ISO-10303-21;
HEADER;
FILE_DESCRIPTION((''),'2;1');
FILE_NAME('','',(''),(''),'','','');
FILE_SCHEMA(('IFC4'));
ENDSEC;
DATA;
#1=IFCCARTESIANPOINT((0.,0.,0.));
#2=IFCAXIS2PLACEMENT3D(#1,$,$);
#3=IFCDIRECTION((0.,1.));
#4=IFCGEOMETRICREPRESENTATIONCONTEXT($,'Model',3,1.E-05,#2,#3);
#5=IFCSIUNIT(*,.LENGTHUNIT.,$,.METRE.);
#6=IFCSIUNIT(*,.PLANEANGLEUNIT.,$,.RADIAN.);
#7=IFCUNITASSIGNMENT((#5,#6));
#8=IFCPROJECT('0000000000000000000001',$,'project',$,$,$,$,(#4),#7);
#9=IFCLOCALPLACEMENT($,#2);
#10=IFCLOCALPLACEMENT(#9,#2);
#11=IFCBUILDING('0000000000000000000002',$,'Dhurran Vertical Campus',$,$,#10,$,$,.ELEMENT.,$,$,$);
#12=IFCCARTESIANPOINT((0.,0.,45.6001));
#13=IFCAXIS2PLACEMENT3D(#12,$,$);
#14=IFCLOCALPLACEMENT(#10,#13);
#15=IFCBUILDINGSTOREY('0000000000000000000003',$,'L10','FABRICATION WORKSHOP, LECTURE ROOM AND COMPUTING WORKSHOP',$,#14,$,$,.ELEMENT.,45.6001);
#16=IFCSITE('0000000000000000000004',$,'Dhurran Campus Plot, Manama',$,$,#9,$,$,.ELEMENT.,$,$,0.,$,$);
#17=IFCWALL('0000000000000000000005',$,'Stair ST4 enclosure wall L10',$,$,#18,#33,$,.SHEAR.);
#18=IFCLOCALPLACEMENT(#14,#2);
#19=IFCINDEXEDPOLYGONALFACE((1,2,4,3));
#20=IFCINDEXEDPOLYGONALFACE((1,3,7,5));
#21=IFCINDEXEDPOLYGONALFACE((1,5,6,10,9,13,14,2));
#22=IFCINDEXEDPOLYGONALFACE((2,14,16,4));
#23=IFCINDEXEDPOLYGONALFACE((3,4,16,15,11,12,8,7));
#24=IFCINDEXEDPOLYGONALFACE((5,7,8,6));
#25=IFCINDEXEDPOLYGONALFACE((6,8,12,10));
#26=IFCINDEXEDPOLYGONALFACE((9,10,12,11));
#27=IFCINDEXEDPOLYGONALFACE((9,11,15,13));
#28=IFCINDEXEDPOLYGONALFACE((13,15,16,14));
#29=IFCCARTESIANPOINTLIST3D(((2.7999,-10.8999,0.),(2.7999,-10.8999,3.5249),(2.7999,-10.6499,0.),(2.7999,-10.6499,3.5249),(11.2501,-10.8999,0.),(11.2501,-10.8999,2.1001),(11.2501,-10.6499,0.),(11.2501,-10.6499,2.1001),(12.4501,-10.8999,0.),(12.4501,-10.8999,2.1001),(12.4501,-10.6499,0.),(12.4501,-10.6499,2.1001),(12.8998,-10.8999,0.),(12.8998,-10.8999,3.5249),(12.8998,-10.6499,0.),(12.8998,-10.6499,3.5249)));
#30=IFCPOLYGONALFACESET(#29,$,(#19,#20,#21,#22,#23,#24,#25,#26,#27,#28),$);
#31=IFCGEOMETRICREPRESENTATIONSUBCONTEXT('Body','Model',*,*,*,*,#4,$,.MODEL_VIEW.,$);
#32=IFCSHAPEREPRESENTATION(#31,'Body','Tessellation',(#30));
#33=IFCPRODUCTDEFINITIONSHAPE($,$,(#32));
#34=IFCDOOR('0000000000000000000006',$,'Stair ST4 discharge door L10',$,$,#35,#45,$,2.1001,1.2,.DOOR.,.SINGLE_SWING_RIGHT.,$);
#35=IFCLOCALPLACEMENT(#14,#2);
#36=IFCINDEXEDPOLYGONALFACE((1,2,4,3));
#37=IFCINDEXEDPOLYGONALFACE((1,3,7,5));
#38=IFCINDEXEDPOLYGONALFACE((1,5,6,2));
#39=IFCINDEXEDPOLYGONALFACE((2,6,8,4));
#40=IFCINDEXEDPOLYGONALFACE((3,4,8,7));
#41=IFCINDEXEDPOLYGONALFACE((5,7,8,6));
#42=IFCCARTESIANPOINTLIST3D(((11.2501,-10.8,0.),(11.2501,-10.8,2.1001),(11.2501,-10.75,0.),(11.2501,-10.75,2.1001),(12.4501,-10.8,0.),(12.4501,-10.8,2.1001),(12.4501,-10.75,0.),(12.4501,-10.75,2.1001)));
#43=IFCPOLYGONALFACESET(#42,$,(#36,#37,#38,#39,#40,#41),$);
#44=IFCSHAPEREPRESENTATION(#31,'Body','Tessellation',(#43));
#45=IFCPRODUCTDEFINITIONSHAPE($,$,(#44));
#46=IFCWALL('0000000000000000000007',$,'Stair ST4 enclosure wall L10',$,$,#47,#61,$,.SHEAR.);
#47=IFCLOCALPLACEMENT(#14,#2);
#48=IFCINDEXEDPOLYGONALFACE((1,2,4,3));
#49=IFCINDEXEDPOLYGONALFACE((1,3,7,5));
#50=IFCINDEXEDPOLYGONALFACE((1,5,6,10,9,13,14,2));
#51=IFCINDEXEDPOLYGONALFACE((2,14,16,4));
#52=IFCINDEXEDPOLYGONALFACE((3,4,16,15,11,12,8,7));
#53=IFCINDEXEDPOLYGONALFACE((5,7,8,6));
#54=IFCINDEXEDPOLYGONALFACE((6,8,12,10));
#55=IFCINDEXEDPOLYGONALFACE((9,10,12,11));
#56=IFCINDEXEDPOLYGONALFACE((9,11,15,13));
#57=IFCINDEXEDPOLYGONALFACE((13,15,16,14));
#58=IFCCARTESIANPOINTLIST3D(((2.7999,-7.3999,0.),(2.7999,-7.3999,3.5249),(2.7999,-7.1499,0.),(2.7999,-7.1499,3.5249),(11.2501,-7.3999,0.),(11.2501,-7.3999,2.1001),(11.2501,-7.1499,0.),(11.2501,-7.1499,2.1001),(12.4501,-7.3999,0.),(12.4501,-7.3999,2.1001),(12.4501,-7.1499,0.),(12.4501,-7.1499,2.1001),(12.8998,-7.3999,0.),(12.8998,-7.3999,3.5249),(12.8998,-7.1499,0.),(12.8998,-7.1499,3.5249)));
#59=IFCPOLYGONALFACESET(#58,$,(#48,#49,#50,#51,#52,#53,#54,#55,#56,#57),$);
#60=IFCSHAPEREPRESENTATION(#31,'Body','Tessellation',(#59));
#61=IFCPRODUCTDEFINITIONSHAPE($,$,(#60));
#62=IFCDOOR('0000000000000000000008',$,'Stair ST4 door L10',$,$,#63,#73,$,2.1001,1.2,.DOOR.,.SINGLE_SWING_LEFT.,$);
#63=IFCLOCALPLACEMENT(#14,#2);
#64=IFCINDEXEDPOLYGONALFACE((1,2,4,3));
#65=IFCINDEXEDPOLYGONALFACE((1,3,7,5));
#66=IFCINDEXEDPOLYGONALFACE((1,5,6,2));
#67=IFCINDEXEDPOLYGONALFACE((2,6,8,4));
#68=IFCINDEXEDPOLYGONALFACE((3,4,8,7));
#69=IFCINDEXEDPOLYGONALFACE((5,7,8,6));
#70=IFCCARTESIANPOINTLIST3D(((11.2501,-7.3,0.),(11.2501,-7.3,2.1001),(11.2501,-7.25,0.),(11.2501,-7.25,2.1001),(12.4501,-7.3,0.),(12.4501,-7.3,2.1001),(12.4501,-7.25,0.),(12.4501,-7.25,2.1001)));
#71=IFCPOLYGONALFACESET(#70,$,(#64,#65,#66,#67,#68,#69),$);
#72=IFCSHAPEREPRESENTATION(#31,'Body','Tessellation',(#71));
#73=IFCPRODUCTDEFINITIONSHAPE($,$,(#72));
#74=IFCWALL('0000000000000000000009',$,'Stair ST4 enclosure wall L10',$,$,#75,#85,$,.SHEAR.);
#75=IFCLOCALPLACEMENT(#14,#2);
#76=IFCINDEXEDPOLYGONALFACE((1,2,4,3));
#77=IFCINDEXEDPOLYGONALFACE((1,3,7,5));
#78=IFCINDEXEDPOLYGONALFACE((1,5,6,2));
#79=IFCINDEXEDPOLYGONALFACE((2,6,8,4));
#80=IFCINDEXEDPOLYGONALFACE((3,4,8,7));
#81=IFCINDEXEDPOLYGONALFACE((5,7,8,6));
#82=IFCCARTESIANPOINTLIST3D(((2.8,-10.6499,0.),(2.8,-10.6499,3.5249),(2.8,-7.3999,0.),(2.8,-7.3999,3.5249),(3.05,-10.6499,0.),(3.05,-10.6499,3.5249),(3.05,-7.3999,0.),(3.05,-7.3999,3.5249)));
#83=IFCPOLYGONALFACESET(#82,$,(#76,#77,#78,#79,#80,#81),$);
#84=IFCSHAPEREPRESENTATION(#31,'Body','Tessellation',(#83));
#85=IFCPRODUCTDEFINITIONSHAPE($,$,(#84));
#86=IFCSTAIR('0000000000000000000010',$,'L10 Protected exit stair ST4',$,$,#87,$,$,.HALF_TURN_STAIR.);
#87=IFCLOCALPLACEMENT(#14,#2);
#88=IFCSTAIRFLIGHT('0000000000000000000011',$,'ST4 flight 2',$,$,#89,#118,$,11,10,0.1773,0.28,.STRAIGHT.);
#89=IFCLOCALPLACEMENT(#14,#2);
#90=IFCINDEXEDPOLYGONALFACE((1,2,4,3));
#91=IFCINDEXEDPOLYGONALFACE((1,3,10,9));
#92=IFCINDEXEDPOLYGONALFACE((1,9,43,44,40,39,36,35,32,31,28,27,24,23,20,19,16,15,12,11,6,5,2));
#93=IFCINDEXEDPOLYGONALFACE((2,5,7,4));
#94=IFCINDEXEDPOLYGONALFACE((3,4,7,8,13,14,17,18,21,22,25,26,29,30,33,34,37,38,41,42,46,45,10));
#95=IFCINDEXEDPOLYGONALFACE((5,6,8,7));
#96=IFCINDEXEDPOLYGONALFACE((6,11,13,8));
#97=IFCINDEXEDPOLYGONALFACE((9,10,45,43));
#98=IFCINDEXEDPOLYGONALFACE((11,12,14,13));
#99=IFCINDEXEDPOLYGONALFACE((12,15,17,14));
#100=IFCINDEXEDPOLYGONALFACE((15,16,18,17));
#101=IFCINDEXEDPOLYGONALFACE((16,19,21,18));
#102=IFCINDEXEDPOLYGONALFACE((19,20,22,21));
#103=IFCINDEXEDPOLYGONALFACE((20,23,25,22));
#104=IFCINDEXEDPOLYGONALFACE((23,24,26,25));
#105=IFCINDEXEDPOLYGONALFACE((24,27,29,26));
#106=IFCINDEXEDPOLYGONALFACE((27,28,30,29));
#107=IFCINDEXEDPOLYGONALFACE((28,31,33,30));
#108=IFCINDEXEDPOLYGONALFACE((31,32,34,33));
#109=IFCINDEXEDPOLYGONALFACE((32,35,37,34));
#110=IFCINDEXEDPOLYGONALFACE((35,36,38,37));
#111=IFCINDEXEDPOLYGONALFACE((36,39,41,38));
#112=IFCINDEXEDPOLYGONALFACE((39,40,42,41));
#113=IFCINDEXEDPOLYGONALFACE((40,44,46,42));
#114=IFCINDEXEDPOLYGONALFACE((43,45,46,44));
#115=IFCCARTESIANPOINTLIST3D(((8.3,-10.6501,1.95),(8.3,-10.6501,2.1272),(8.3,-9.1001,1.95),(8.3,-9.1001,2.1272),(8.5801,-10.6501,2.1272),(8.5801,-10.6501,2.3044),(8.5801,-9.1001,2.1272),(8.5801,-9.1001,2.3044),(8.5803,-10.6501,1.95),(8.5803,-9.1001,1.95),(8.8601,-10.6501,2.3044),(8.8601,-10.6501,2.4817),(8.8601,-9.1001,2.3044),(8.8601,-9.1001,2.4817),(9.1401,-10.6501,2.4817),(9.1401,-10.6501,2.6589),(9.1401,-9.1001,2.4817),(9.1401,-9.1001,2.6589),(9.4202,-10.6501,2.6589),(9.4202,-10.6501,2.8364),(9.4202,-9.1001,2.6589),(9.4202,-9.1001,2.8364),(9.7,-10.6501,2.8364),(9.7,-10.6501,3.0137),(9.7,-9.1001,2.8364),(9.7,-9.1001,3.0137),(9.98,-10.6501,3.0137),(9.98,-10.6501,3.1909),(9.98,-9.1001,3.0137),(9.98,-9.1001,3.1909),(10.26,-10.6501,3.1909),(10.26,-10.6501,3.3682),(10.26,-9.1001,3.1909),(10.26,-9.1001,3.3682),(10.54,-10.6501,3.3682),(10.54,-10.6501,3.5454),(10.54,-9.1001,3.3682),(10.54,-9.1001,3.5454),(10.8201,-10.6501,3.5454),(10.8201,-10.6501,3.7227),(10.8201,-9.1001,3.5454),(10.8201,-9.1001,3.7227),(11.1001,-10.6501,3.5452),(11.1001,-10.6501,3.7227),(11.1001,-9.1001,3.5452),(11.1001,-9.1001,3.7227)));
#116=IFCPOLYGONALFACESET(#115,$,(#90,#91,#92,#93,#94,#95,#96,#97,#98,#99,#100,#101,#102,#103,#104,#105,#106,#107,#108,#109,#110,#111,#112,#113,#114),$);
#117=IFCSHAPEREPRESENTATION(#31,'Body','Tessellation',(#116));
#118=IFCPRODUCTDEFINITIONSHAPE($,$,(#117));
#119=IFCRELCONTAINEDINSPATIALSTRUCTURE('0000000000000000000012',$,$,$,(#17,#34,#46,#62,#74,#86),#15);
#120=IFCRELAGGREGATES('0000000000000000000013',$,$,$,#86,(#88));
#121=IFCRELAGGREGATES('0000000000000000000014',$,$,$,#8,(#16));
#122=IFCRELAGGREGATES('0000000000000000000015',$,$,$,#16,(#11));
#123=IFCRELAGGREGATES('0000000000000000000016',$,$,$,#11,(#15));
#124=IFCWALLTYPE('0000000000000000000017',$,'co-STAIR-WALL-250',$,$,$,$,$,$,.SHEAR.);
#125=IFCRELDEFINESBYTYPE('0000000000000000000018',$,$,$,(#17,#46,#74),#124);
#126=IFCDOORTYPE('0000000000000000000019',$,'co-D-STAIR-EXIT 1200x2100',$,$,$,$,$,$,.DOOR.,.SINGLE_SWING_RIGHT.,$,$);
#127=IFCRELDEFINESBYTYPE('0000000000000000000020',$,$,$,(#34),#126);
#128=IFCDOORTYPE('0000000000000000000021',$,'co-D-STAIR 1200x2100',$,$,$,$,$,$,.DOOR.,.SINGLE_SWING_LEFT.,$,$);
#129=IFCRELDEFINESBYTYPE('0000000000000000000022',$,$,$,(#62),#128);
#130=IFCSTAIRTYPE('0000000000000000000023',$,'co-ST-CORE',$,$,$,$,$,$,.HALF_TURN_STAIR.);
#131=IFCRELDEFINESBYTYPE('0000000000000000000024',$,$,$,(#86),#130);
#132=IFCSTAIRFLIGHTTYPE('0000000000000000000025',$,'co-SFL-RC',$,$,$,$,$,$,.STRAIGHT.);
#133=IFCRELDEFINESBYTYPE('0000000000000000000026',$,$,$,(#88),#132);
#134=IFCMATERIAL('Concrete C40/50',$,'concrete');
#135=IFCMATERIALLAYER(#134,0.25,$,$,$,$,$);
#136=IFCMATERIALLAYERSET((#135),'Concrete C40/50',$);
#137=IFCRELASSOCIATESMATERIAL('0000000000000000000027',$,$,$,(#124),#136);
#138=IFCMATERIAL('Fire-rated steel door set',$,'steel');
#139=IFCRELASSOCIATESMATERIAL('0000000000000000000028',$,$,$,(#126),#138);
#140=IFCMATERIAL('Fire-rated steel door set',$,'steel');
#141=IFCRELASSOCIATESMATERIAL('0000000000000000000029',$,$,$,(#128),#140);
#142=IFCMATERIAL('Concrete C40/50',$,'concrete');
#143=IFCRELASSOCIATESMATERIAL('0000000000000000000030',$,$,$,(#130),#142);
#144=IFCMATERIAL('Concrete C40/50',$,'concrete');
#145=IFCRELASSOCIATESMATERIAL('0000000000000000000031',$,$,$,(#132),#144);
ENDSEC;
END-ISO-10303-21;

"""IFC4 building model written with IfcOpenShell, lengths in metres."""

from ifc_helpers import new_model, si_unit, direction, frame, frame_2d, origin, place, context, subcontext, project, spatial, polyline, rectangle, outline, extrude, material, layer, layer_set, type_object, element, fill, aggregate, save


model = new_model("IFC4")

# Units and contexts
model_context = context("Model", 3, precision=1e-05, world=origin(), true_north=direction((0.0, 1.0)))
body_context = subcontext(model_context, "Body", "Model", "MODEL_VIEW")
ifc_project = project(units=[si_unit("LENGTHUNIT", "METRE"), si_unit("PLANEANGLEUNIT", "RADIAN")], contexts=[model_context])

# Site, building, storey
site_placement = place(None, origin())
site = spatial("IfcSite", under=ifc_project, at=site_placement, Name="Dhurran Campus Plot, Manama", CompositionType="ELEMENT", RefElevation=0.0)
building_placement = place(site_placement, origin())
building = spatial("IfcBuilding", under=site, at=building_placement, Name="Dhurran Vertical Campus", CompositionType="ELEMENT")
storey_placement = place(building_placement, frame((0.0, 0.0, 45.6001)))
storey = spatial("IfcBuildingStorey", under=building, at=storey_placement, Name="L10", Description="FABRICATION WORKSHOP, LECTURE ROOM AND COMPUTING WORKSHOP", CompositionType="ELEMENT", Elevation=45.6001)

# Walls, openings, doors
ifc_material_1 = material(Name="Concrete C40/50", Category="concrete")
ifc_layer_1 = layer(ifc_material_1, 0.25)
ifc_layer_set_1 = layer_set([ifc_layer_1], Name="Concrete C40/50")
wall_type_1 = type_object("IfcWallType", Name="co-STAIR-WALL-250", PredefinedType="SHEAR", material=ifc_layer_set_1)
wall_1_placement = place(storey_placement, frame((2.8, -10.7749, 0.0), z_axis=(0.0, 0.0, 1.0), x_axis=(1.0, 0.0, 0.0)))
wall_1 = element("IfcWall", 1, at=wall_1_placement, inside=storey, type_object=wall_type_1, Name="Stair ST4 enclosure wall L10", PredefinedType="SHEAR", context=body_context, shape_type="SweptSolid", body=[
    extrude(rectangle(XDim=10.0999, YDim=0.25, at=frame_2d((5.0498, 0.0))), origin(), (0.0, 0.0, 1.0), 3.5249),
])
opening_1_placement = place(wall_1_placement, frame((8.45, 0.0, 0.0)))
opening_1 = element("IfcOpeningElement", 2, at=opening_1_placement, cuts=wall_1, PredefinedType="OPENING", context=body_context, shape_type="SweptSolid", body=[
    extrude(rectangle(XDim=1.2, YDim=2.1001, at=frame_2d((0.6001, 1.05))), frame((0.0, 0.135, 0.0), z_axis=(0.0, -1.0, 0.0), x_axis=(1.0, 0.0, 0.0)), (0.0, 0.0, 1.0), 0.27),
])
ifc_material_2 = material(Name="Fire-rated steel door set", Category="steel")
door_type_1 = type_object("IfcDoorType", Name="co-D-STAIR-EXIT 1200x2100", OperationType="SINGLE_SWING_RIGHT", PredefinedType="DOOR", material=ifc_material_2)
door_1_placement = place(opening_1_placement, origin())
door_1 = element("IfcDoor", 3, at=door_1_placement, inside=storey, type_object=door_type_1, Name="Stair ST4 discharge door L10", OperationType="SINGLE_SWING_RIGHT", OverallHeight=2.1001, OverallWidth=1.2, PredefinedType="DOOR", context=body_context, shape_type="SweptSolid", body=[
    extrude(rectangle(XDim=1.2, YDim=2.1001, at=frame_2d((0.6001, 1.05))), frame((0.0, 0.0249, 0.0), z_axis=(0.0, -1.0, 0.0), x_axis=(1.0, 0.0, 0.0)), (0.0, 0.0, 1.0), 0.05),
])
fill(opening_1, door_1)
wall_2_placement = place(storey_placement, frame((2.8, -7.2749, 0.0), z_axis=(0.0, 0.0, 1.0), x_axis=(1.0, 0.0, 0.0)))
wall_2 = element("IfcWall", 4, at=wall_2_placement, inside=storey, type_object=wall_type_1, Name="Stair ST4 enclosure wall L10", PredefinedType="SHEAR", context=body_context, shape_type="SweptSolid", body=[
    extrude(rectangle(XDim=10.0999, YDim=0.25, at=frame_2d((5.0498, 0.0))), origin(), (0.0, 0.0, 1.0), 3.5249),
])
opening_2_placement = place(wall_2_placement, frame((8.45, 0.0, 0.0)))
opening_2 = element("IfcOpeningElement", 5, at=opening_2_placement, cuts=wall_2, PredefinedType="OPENING", context=body_context, shape_type="SweptSolid", body=[
    extrude(rectangle(XDim=1.2, YDim=2.1001, at=frame_2d((0.6001, 1.05))), frame((0.0, 0.135, 0.0), z_axis=(0.0, -1.0, 0.0), x_axis=(1.0, 0.0, 0.0)), (0.0, 0.0, 1.0), 0.27),
])
ifc_material_3 = material(Name="Fire-rated steel door set", Category="steel")
door_type_2 = type_object("IfcDoorType", Name="co-D-STAIR 1200x2100", OperationType="SINGLE_SWING_LEFT", PredefinedType="DOOR", material=ifc_material_3)
door_2_placement = place(opening_2_placement, origin())
door_2 = element("IfcDoor", 6, at=door_2_placement, inside=storey, type_object=door_type_2, Name="Stair ST4 door L10", OperationType="SINGLE_SWING_LEFT", OverallHeight=2.1001, OverallWidth=1.2, PredefinedType="DOOR", context=body_context, shape_type="SweptSolid", body=[
    extrude(rectangle(XDim=1.2, YDim=2.1001, at=frame_2d((0.6001, 1.05))), frame((0.0, 0.0249, 0.0), z_axis=(0.0, -1.0, 0.0), x_axis=(1.0, 0.0, 0.0)), (0.0, 0.0, 1.0), 0.05),
])
fill(opening_2, door_2)

# Wall
wall_3_placement = place(storey_placement, frame((2.925, -10.6499, 0.0), z_axis=(0.0, 0.0, 1.0), x_axis=(0.0, 1.0, 0.0)))
element("IfcWall", 7, at=wall_3_placement, inside=storey, type_object=wall_type_1, Name="Stair ST4 enclosure wall L10", PredefinedType="SHEAR", context=body_context, shape_type="SweptSolid", body=[
    extrude(rectangle(XDim=3.25, YDim=0.25, at=frame_2d((1.625, 0.0))), origin(), (0.0, 0.0, 1.0), 3.5249),
])

# Stair, stair flight
ifc_material_4 = material(Name="Concrete C40/50", Category="concrete")
stair_type = type_object("IfcStairType", Name="co-ST-CORE", PredefinedType="HALF_TURN_STAIR", material=ifc_material_4)
stair_placement = place(storey_placement, origin())
stair = element("IfcStair", 8, at=stair_placement, inside=storey, type_object=stair_type, Name="L10 Protected exit stair ST4", PredefinedType="HALF_TURN_STAIR")
ifc_material_5 = material(Name="Concrete C40/50", Category="concrete")
stair_flight_type = type_object("IfcStairFlightType", Name="co-SFL-RC", PredefinedType="STRAIGHT", material=ifc_material_5)
stair_flight_placement = place(storey_placement, frame((8.3, -9.875, 1.95), z_axis=(0.0, 0.0, 1.0), x_axis=(1.0, 0.0, 0.0)))
stair_flight = element("IfcStairFlight", 9, at=stair_flight_placement, type_object=stair_flight_type, Name="ST4 flight 2", NumberOfRisers=11, NumberOfTreads=10, PredefinedType="STRAIGHT", RiserHeight=0.1773, TreadLength=0.28, context=body_context, shape_type="SweptSolid", body=[
    extrude(outline(polyline([(0.0, 0.0), (0.0, 0.1772), (0.28, 0.1772), (0.28, 0.3545), (0.5601, 0.3545), (0.5601, 0.5317), (0.8401, 0.5317), (0.8401, 0.709), (1.1201, 0.709), (1.1201, 0.8865), (1.3999, 0.8865), (1.3999, 1.0637), (1.6799, 1.0637), (1.6799, 1.241), (1.96, 1.241), (1.96, 1.4182), (2.24, 1.4182), (2.24, 1.5955), (2.52, 1.5955), (2.52, 1.7727), (2.8, 1.7727), (2.8, 1.95), (2.8, 1.5952), (0.2803, 0.0), (0.0, 0.0)])), frame((0.0, 0.7749, 0.0), z_axis=(0.0, -1.0, 0.0), x_axis=(1.0, 0.0, 0.0)), (0.0, 0.0, 1.0), 1.55),
])
aggregate(stair, [stair_flight])

save(model, "model.ifc")
